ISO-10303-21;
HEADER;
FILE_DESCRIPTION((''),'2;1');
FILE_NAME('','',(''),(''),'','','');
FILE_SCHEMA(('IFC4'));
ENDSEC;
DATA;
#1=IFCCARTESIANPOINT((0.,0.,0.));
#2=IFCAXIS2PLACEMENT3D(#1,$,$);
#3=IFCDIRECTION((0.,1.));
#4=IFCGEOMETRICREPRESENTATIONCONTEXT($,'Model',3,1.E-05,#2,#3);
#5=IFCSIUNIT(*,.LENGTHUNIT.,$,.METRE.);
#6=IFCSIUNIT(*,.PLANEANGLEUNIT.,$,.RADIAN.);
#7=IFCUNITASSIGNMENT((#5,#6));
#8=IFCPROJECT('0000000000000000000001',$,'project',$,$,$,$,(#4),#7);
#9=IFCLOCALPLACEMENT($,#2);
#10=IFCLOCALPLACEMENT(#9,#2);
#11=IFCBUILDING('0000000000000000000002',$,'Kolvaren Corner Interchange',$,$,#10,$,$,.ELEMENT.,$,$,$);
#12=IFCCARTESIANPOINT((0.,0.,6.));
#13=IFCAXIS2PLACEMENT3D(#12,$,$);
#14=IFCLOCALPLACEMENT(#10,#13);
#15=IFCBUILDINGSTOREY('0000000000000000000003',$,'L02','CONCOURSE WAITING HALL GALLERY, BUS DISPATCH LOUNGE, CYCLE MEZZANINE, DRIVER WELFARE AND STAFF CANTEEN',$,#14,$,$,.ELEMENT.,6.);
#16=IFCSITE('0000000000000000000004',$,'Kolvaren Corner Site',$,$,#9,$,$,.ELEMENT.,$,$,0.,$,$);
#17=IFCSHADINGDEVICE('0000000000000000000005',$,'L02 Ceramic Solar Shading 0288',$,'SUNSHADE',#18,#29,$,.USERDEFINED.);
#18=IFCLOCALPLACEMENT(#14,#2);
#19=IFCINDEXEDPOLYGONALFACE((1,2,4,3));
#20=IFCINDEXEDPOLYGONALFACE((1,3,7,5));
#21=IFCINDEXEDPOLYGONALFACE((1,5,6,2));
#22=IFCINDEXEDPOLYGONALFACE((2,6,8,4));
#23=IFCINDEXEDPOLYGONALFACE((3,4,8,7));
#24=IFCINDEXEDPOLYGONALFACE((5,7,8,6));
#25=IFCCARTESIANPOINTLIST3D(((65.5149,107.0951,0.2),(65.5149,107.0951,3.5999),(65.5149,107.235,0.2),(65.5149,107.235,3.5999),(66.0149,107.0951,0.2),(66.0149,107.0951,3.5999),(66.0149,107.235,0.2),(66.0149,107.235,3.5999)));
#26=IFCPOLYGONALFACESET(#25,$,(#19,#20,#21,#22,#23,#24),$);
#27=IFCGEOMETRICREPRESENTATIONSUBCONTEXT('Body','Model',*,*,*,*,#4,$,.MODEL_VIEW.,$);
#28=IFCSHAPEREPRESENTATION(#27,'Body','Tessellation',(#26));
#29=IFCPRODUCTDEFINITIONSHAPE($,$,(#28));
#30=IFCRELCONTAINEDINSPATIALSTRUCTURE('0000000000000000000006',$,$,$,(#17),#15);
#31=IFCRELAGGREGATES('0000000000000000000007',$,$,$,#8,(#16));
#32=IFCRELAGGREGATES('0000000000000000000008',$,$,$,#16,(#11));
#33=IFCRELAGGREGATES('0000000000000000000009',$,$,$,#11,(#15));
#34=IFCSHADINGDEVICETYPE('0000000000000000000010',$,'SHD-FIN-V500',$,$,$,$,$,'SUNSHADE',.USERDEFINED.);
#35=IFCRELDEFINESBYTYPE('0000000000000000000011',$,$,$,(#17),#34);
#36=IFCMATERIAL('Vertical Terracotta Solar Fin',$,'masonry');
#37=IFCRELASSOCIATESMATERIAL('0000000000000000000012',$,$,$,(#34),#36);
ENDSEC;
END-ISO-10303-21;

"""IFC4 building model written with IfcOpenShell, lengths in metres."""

from ifc_helpers import new_model, si_unit, direction, frame, origin, origin_2d, place, context, subcontext, project, spatial, rectangle, extrude, material, type_object, element, save


model = new_model("IFC4")

# Units and contexts
model_context = context("Model", 3, precision=1e-05, world=origin(), true_north=direction((0.0, 1.0)))
body_context = subcontext(model_context, "Body", "Model", "MODEL_VIEW")
ifc_project = project(units=[si_unit("LENGTHUNIT", "METRE"), si_unit("PLANEANGLEUNIT", "RADIAN")], contexts=[model_context])

# Site, building, storey
site_placement = place(None, origin())
site = spatial("IfcSite", under=ifc_project, at=site_placement, Name="Kolvaren Corner Site", CompositionType="ELEMENT", RefElevation=0.0)
building_placement = place(site_placement, origin())
building = spatial("IfcBuilding", under=site, at=building_placement, Name="Kolvaren Corner Interchange", CompositionType="ELEMENT")
storey_placement = place(building_placement, frame((0.0, 0.0, 6.0)))
storey = spatial("IfcBuildingStorey", under=building, at=storey_placement, Name="L02", Description="CONCOURSE WAITING HALL GALLERY, BUS DISPATCH LOUNGE, CYCLE MEZZANINE, DRIVER WELFARE AND STAFF CANTEEN", CompositionType="ELEMENT", Elevation=6.0)

# Shading device
ifc_material_1 = material(Name="Vertical Terracotta Solar Fin", Category="masonry")
shading_device_type_1 = type_object("IfcShadingDeviceType", Name="SHD-FIN-V500", ElementType="SUNSHADE", PredefinedType="USERDEFINED", material=ifc_material_1)
for number, where, z_axis, x_axis, name in (
    (1, (65.7649, 107.165, 0.2), (0.0, 0.0, 1.0), (0.0, -1.0, 0.0), "L02 Ceramic Solar Shading 0288"),
):
    element("IfcShadingDevice", number, at=place(storey_placement, frame(where, z_axis=z_axis, x_axis=x_axis)), inside=storey, type_object=shading_device_type_1, Name=name, ObjectType="SUNSHADE", PredefinedType="USERDEFINED", context=body_context, shape_type="SweptSolid", body=[
        extrude(rectangle(XDim=0.1399, YDim=0.5, at=origin_2d()), origin(), (0.0, 0.0, 1.0), 3.3999),
    ])

save(model, "model.ifc")
